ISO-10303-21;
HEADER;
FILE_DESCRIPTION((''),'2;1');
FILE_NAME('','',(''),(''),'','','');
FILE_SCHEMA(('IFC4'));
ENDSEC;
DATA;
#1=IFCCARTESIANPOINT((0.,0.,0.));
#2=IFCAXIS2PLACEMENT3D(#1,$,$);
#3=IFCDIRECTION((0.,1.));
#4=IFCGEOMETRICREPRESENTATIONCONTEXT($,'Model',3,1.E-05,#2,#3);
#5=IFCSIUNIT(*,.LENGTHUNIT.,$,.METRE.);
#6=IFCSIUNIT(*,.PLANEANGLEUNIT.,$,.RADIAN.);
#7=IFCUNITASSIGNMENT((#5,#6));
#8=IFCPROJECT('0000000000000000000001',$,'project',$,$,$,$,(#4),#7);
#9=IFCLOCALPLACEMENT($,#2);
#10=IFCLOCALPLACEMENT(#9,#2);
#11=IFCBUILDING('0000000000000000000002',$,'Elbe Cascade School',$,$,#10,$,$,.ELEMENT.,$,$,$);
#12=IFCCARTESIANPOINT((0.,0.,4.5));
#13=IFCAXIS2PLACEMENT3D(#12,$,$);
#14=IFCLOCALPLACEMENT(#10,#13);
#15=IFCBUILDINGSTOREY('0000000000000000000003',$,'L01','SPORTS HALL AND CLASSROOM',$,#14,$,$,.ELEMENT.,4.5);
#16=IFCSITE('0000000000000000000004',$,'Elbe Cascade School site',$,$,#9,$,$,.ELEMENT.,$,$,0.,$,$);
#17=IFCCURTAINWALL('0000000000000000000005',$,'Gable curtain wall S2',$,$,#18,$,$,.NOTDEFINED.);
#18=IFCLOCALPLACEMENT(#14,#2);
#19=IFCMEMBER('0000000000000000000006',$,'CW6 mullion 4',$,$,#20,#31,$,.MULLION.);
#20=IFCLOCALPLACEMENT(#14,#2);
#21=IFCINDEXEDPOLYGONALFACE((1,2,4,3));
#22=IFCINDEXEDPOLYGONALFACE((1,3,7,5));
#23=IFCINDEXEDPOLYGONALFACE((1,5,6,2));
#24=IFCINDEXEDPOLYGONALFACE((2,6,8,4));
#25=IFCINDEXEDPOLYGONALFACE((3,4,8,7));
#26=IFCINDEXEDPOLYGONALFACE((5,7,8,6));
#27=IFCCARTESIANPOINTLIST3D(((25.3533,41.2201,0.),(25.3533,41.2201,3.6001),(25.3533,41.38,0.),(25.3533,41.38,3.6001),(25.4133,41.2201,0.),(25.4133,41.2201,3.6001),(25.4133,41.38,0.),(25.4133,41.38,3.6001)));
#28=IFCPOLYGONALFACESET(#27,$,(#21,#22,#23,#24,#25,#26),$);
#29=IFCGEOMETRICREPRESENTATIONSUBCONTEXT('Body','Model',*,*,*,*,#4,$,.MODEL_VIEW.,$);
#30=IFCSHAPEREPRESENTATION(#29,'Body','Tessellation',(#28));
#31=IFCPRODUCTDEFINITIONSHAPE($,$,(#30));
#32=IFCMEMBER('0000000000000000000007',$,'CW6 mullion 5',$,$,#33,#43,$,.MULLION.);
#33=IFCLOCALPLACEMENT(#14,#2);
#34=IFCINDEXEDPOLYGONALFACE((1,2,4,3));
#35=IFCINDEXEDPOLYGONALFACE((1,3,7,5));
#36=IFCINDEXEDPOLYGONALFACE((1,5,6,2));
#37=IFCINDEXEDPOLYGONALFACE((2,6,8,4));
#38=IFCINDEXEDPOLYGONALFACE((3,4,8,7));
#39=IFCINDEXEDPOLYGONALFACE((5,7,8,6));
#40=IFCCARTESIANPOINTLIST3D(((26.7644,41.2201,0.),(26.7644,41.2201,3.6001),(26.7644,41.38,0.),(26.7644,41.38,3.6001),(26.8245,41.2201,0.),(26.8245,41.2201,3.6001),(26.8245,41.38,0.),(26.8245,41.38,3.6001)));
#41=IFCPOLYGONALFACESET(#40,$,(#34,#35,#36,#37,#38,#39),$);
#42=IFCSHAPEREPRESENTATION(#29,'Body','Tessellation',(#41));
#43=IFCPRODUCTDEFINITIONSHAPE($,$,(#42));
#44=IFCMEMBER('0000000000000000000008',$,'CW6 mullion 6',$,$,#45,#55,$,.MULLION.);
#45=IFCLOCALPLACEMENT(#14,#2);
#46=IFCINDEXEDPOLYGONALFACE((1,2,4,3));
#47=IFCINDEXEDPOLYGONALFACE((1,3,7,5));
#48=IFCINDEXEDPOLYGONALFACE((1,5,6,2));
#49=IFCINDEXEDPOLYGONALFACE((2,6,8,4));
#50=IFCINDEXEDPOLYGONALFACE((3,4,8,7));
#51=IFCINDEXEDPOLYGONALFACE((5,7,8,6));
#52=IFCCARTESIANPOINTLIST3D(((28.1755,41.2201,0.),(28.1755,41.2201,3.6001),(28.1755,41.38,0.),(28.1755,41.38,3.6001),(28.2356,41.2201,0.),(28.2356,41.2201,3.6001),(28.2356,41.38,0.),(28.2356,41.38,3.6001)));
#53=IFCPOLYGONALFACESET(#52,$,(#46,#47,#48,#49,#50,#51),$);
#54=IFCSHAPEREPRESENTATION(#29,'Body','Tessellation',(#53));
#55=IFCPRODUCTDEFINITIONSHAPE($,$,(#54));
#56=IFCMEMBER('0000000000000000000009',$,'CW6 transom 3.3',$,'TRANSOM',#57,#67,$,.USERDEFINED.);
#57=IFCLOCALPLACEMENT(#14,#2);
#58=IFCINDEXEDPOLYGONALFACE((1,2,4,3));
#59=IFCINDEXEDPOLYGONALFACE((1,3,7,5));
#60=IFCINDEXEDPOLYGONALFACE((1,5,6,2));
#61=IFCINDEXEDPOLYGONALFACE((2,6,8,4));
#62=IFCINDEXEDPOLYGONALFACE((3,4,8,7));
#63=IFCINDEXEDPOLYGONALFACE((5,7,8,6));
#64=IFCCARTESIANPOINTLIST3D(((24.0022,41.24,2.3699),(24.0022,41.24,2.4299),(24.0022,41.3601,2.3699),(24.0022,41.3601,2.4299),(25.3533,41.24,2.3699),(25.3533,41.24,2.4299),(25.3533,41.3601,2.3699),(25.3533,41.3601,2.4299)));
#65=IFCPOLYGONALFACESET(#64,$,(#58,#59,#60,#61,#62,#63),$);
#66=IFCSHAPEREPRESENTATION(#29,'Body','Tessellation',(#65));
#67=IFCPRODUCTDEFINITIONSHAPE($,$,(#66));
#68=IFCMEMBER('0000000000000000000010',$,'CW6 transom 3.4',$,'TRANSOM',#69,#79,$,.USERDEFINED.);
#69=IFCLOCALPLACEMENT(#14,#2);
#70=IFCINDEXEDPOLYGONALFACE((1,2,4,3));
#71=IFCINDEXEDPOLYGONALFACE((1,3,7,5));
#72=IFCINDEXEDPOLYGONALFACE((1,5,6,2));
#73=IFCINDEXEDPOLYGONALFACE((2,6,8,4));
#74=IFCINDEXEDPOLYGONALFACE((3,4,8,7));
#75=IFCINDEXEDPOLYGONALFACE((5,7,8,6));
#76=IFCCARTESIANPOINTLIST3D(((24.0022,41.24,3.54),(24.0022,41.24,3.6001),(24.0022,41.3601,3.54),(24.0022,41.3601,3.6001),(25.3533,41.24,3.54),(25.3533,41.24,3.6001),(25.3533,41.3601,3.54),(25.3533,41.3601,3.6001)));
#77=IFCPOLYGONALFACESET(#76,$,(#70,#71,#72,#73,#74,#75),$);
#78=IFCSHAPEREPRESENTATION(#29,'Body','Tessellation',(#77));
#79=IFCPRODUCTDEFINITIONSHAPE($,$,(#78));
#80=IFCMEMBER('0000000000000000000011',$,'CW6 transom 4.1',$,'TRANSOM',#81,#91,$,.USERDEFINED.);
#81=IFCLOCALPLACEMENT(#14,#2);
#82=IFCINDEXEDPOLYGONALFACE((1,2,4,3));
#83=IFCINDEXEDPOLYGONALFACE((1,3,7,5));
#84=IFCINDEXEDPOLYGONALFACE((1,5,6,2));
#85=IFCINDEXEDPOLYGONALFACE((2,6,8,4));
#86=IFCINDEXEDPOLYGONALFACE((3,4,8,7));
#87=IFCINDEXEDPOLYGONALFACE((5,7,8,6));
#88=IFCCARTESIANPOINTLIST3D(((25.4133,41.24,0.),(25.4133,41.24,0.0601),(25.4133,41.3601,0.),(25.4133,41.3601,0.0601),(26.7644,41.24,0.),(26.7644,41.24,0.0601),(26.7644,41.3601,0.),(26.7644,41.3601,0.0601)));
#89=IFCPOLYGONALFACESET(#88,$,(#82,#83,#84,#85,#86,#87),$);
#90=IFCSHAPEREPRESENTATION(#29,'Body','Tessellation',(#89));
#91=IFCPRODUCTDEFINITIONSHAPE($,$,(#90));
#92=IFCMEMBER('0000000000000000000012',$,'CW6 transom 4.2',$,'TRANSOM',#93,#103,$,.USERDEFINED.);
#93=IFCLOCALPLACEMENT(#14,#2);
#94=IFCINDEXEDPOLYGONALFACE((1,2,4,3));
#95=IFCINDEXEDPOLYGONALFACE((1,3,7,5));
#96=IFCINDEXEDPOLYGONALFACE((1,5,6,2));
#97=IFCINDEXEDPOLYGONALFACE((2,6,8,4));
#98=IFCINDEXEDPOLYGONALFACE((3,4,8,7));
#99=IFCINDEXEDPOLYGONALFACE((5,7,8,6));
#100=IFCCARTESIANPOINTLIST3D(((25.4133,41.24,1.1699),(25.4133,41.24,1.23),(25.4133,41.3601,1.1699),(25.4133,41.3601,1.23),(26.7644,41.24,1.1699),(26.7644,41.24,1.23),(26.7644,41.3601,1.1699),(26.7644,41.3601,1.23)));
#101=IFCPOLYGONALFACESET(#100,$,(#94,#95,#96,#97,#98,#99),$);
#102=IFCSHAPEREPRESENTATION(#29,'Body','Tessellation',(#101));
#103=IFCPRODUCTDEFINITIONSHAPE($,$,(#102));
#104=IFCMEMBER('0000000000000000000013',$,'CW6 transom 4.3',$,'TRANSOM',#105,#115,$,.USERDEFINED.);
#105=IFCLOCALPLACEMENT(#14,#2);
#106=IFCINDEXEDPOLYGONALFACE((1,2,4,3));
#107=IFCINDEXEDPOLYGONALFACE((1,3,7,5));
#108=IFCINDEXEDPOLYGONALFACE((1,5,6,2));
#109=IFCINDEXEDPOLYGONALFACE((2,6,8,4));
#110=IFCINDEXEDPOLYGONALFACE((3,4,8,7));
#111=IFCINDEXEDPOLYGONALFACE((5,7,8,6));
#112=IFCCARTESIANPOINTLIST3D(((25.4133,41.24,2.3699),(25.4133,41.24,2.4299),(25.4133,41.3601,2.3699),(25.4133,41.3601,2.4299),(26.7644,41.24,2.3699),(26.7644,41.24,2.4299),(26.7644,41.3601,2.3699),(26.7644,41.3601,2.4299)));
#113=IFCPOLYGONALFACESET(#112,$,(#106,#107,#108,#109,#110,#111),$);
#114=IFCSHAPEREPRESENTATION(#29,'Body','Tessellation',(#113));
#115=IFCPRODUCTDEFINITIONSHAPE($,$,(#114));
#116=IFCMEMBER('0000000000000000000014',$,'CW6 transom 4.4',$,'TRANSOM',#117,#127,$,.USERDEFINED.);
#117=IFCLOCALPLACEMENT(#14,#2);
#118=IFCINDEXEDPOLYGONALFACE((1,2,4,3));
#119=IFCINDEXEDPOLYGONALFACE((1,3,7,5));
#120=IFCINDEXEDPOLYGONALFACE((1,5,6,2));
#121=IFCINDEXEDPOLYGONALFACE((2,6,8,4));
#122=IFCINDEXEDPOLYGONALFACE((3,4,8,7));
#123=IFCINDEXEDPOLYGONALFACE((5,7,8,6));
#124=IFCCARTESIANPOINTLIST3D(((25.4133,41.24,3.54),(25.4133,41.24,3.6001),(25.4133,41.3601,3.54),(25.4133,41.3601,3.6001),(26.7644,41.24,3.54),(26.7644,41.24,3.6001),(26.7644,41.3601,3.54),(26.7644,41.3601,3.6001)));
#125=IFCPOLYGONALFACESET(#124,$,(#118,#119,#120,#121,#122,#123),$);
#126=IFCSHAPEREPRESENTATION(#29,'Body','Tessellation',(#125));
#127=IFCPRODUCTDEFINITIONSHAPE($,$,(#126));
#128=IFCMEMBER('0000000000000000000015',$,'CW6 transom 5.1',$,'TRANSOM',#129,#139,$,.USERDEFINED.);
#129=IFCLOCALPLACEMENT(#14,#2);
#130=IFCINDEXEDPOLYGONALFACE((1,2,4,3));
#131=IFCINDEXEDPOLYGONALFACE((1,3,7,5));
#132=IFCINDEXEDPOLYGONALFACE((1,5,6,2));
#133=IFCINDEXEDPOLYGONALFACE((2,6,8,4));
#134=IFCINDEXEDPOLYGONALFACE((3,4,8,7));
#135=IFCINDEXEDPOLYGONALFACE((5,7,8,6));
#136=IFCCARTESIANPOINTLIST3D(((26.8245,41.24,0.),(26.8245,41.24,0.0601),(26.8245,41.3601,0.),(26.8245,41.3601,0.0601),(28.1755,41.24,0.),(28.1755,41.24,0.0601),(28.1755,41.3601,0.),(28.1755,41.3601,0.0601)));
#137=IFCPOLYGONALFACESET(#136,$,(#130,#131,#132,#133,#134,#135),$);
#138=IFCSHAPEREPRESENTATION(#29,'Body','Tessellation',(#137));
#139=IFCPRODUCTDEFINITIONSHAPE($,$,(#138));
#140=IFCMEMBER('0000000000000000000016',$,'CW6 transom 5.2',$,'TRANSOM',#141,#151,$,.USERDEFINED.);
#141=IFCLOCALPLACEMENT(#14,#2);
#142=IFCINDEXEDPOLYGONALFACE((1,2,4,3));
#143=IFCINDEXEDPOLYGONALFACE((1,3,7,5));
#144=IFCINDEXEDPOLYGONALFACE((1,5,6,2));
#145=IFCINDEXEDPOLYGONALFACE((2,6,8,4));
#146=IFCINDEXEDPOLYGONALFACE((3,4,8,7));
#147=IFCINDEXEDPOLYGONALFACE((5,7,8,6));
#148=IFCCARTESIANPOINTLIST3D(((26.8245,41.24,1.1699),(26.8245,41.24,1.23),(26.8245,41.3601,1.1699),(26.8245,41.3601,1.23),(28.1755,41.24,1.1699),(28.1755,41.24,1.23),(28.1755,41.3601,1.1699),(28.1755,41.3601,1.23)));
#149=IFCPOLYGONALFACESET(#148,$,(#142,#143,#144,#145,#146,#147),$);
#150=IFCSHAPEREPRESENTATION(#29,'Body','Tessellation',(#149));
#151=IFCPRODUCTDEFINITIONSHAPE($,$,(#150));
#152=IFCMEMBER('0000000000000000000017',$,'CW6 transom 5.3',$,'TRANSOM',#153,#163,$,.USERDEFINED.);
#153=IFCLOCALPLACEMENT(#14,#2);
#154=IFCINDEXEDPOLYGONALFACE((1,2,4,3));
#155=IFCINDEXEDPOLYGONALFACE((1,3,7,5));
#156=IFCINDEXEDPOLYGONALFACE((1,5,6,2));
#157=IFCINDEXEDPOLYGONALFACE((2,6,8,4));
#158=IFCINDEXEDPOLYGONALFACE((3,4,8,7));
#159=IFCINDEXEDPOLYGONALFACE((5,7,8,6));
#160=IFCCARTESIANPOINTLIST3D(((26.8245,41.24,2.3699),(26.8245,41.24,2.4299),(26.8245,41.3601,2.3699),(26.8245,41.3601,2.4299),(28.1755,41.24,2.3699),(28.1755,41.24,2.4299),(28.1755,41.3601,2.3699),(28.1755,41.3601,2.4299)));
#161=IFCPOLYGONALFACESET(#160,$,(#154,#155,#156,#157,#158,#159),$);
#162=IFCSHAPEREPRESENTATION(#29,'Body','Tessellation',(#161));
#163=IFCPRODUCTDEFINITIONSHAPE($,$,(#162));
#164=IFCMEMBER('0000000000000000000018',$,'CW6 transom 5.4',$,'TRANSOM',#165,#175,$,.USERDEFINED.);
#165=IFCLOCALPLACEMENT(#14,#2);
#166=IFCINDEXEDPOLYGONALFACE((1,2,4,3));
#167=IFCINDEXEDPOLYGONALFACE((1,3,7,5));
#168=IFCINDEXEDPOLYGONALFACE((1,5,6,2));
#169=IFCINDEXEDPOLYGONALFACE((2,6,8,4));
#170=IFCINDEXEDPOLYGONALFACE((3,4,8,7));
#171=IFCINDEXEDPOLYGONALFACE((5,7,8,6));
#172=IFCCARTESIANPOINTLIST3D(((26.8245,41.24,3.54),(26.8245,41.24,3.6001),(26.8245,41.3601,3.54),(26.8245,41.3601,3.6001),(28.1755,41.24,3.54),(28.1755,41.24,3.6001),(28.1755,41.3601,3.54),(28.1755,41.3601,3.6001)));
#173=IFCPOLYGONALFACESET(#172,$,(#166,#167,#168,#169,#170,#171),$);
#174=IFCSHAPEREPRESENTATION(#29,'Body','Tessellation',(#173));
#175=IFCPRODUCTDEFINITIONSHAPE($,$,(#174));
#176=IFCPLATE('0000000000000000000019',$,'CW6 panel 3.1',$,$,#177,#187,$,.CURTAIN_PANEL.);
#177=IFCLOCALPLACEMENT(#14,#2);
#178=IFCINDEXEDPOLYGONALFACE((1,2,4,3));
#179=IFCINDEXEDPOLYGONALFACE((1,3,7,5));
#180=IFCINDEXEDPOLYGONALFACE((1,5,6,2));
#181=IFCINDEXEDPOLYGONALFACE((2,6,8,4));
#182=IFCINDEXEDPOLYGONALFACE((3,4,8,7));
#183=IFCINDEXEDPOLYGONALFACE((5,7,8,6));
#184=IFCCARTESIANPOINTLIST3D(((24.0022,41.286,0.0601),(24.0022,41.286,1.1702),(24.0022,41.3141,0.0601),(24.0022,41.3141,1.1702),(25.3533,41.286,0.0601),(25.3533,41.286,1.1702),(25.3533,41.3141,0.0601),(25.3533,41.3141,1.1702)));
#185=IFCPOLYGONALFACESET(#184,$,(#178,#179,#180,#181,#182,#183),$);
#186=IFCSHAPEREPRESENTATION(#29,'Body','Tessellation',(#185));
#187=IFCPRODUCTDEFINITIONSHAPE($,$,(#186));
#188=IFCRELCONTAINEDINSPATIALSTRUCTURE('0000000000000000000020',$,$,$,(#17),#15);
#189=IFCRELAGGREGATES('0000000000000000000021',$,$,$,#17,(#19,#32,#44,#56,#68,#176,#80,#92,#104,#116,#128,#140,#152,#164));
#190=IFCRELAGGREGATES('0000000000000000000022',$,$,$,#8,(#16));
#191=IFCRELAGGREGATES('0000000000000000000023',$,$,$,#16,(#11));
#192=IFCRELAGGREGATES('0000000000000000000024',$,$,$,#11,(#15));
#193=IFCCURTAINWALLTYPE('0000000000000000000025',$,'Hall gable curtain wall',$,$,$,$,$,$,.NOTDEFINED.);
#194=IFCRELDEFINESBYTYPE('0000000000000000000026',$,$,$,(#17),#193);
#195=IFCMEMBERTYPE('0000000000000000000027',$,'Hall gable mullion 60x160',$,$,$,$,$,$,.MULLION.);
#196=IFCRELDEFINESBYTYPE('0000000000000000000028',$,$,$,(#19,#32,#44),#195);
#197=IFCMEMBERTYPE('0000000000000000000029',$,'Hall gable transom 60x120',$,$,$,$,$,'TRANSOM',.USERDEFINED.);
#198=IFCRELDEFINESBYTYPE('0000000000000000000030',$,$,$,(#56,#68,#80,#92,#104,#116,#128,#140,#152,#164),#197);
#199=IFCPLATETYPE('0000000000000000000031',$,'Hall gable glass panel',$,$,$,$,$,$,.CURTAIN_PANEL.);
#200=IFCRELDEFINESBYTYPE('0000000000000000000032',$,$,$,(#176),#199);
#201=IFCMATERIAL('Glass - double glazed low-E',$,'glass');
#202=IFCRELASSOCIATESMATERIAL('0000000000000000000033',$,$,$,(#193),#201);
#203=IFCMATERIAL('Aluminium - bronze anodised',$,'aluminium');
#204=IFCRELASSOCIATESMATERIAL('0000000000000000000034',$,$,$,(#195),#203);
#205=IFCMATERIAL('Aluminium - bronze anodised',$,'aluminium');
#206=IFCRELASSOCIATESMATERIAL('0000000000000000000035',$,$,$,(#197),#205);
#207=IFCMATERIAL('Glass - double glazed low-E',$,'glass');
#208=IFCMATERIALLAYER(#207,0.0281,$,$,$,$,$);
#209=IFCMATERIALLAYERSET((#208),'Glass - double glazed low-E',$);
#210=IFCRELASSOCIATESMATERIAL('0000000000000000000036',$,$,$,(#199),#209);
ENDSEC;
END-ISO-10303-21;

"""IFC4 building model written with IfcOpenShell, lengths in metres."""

from ifc_helpers import new_model, si_unit, direction, frame, origin, origin_2d, place, context, subcontext, project, spatial, rectangle, extrude, material, layer, layer_set, material_profile, profile_set, type_object, element, aggregate, save


model = new_model("IFC4")

# Units and contexts
model_context = context("Model", 3, precision=1e-05, world=origin(), true_north=direction((0.0, 1.0)))
body_context = subcontext(model_context, "Body", "Model", "MODEL_VIEW")
ifc_project = project(units=[si_unit("LENGTHUNIT", "METRE"), si_unit("PLANEANGLEUNIT", "RADIAN")], contexts=[model_context])

# Site, building, storey
site_placement = place(None, origin())
site = spatial("IfcSite", under=ifc_project, at=site_placement, Name="Elbe Cascade School site", CompositionType="ELEMENT", RefElevation=0.0)
building_placement = place(site_placement, origin())
building = spatial("IfcBuilding", under=site, at=building_placement, Name="Elbe Cascade School", CompositionType="ELEMENT")
storey_placement = place(building_placement, frame((0.0, 0.0, 4.5)))
storey = spatial("IfcBuildingStorey", under=building, at=storey_placement, Name="L01", Description="SPORTS HALL AND CLASSROOM", CompositionType="ELEMENT", Elevation=4.5)

# Curtain wall, members, plate
ifc_material_1 = material(Name="Glass - double glazed low-E", Category="glass")
curtain_wall_type = type_object("IfcCurtainWallType", Name="Hall gable curtain wall", PredefinedType="NOTDEFINED", material=ifc_material_1)
curtain_wall_placement = place(storey_placement, origin())
curtain_wall = element("IfcCurtainWall", 1, at=curtain_wall_placement, inside=storey, type_object=curtain_wall_type, Name="Gable curtain wall S2", PredefinedType="NOTDEFINED")
ifc_material_2 = material(Name="Aluminium - bronze anodised", Category="aluminium")
ifc_material_profile_1 = material_profile(ifc_material_2, rectangle(XDim=0.1599, YDim=0.0601, at=origin_2d()), Name="Alu 60x160")
ifc_profile_set_1 = profile_set([ifc_material_profile_1], Name="Aluminium - bronze anodised")
member_type_1 = type_object("IfcMemberType", Name="Hall gable mullion 60x160", PredefinedType="MULLION", material=ifc_profile_set_1)
member_1_placement = place(storey_placement, frame((25.3833, 41.3, 0.0), z_axis=(0.0, 0.0, 1.0), x_axis=(0.0, 1.0, 0.0)))
member_1 = element("IfcMember", 2, at=member_1_placement, type_object=member_type_1, Name="CW6 mullion 4", PredefinedType="MULLION", context=body_context, shape_type="SweptSolid", body=[
    extrude(rectangle(XDim=0.1599, YDim=0.0601, at=origin_2d()), origin(), (0.0, 0.0, 1.0), 3.6001),
])
member_2_placement = place(storey_placement, frame((26.7944, 41.3, 0.0), z_axis=(0.0, 0.0, 1.0), x_axis=(0.0, 1.0, 0.0)))
member_2 = element("IfcMember", 3, at=member_2_placement, type_object=member_type_1, Name="CW6 mullion 5", PredefinedType="MULLION", context=body_context, shape_type="SweptSolid", body=[
    extrude(rectangle(XDim=0.1599, YDim=0.0601, at=origin_2d()), origin(), (0.0, 0.0, 1.0), 3.6001),
])
member_3_placement = place(storey_placement, frame((28.2056, 41.3, 0.0), z_axis=(0.0, 0.0, 1.0), x_axis=(0.0, 1.0, 0.0)))
member_3 = element("IfcMember", 4, at=member_3_placement, type_object=member_type_1, Name="CW6 mullion 6", PredefinedType="MULLION", context=body_context, shape_type="SweptSolid", body=[
    extrude(rectangle(XDim=0.1599, YDim=0.0601, at=origin_2d()), origin(), (0.0, 0.0, 1.0), 3.6001),
])
ifc_material_3 = material(Name="Aluminium - bronze anodised", Category="aluminium")
ifc_material_profile_2 = material_profile(ifc_material_3, rectangle(XDim=0.1201, YDim=0.0601, at=origin_2d()), Name="Alu 60x120")
ifc_profile_set_2 = profile_set([ifc_material_profile_2], Name="Aluminium - bronze anodised")
member_type_2 = type_object("IfcMemberType", Name="Hall gable transom 60x120", ElementType="TRANSOM", PredefinedType="USERDEFINED", material=ifc_profile_set_2)
member_4_placement = place(storey_placement, frame((24.0022, 41.3, 2.3999), z_axis=(1.0, 0.0, 0.0), x_axis=(0.0, 1.0, 0.0)))
member_4 = element("IfcMember", 5, at=member_4_placement, type_object=member_type_2, Name="CW6 transom 3.3", ObjectType="TRANSOM", PredefinedType="USERDEFINED", context=body_context, shape_type="SweptSolid", body=[
    extrude(rectangle(XDim=0.1201, YDim=0.0601, at=origin_2d()), origin(), (0.0, 0.0, 1.0), 1.3511),
])
member_5_placement = place(storey_placement, frame((24.0022, 41.3, 3.5701), z_axis=(1.0, 0.0, 0.0), x_axis=(0.0, 1.0, 0.0)))
member_5 = element("IfcMember", 6, at=member_5_placement, type_object=member_type_2, Name="CW6 transom 3.4", ObjectType="TRANSOM", PredefinedType="USERDEFINED", context=body_context, shape_type="SweptSolid", body=[
    extrude(rectangle(XDim=0.1201, YDim=0.0601, at=origin_2d()), origin(), (0.0, 0.0, 1.0), 1.3511),
])
member_6_placement = place(storey_placement, frame((25.4133, 41.3, 0.03), z_axis=(1.0, 0.0, 0.0), x_axis=(0.0, 1.0, 0.0)))
member_6 = element("IfcMember", 7, at=member_6_placement, type_object=member_type_2, Name="CW6 transom 4.1", ObjectType="TRANSOM", PredefinedType="USERDEFINED", context=body_context, shape_type="SweptSolid", body=[
    extrude(rectangle(XDim=0.1201, YDim=0.0601, at=origin_2d()), origin(), (0.0, 0.0, 1.0), 1.3511),
])
member_7_placement = place(storey_placement, frame((25.4133, 41.3, 1.2), z_axis=(1.0, 0.0, 0.0), x_axis=(0.0, 1.0, 0.0)))
member_7 = element("IfcMember", 8, at=member_7_placement, type_object=member_type_2, Name="CW6 transom 4.2", ObjectType="TRANSOM", PredefinedType="USERDEFINED", context=body_context, shape_type="SweptSolid", body=[
    extrude(rectangle(XDim=0.1201, YDim=0.0601, at=origin_2d()), origin(), (0.0, 0.0, 1.0), 1.3511),
])
member_8_placement = place(storey_placement, frame((25.4133, 41.3, 2.3999), z_axis=(1.0, 0.0, 0.0), x_axis=(0.0, 1.0, 0.0)))
member_8 = element("IfcMember", 9, at=member_8_placement, type_object=member_type_2, Name="CW6 transom 4.3", ObjectType="TRANSOM", PredefinedType="USERDEFINED", context=body_context, shape_type="SweptSolid", body=[
    extrude(rectangle(XDim=0.1201, YDim=0.0601, at=origin_2d()), origin(), (0.0, 0.0, 1.0), 1.3511),
])
member_9_placement = place(storey_placement, frame((25.4133, 41.3, 3.5701), z_axis=(1.0, 0.0, 0.0), x_axis=(0.0, 1.0, 0.0)))
member_9 = element("IfcMember", 10, at=member_9_placement, type_object=member_type_2, Name="CW6 transom 4.4", ObjectType="TRANSOM", PredefinedType="USERDEFINED", context=body_context, shape_type="SweptSolid", body=[
    extrude(rectangle(XDim=0.1201, YDim=0.0601, at=origin_2d()), origin(), (0.0, 0.0, 1.0), 1.3511),
])
member_10_placement = place(storey_placement, frame((26.8245, 41.3, 0.03), z_axis=(1.0, 0.0, 0.0), x_axis=(0.0, 1.0, 0.0)))
member_10 = element("IfcMember", 11, at=member_10_placement, type_object=member_type_2, Name="CW6 transom 5.1", ObjectType="TRANSOM", PredefinedType="USERDEFINED", context=body_context, shape_type="SweptSolid", body=[
    extrude(rectangle(XDim=0.1201, YDim=0.0601, at=origin_2d()), origin(), (0.0, 0.0, 1.0), 1.3511),
])
member_11_placement = place(storey_placement, frame((26.8245, 41.3, 1.2), z_axis=(1.0, 0.0, 0.0), x_axis=(0.0, 1.0, 0.0)))
member_11 = element("IfcMember", 12, at=member_11_placement, type_object=member_type_2, Name="CW6 transom 5.2", ObjectType="TRANSOM", PredefinedType="USERDEFINED", context=body_context, shape_type="SweptSolid", body=[
    extrude(rectangle(XDim=0.1201, YDim=0.0601, at=origin_2d()), origin(), (0.0, 0.0, 1.0), 1.3511),
])
member_12_placement = place(storey_placement, frame((26.8245, 41.3, 2.3999), z_axis=(1.0, 0.0, 0.0), x_axis=(0.0, 1.0, 0.0)))
member_12 = element("IfcMember", 13, at=member_12_placement, type_object=member_type_2, Name="CW6 transom 5.3", ObjectType="TRANSOM", PredefinedType="USERDEFINED", context=body_context, shape_type="SweptSolid", body=[
    extrude(rectangle(XDim=0.1201, YDim=0.0601, at=origin_2d()), origin(), (0.0, 0.0, 1.0), 1.3511),
])
member_13_placement = place(storey_placement, frame((26.8245, 41.3, 3.5701), z_axis=(1.0, 0.0, 0.0), x_axis=(0.0, 1.0, 0.0)))
member_13 = element("IfcMember", 14, at=member_13_placement, type_object=member_type_2, Name="CW6 transom 5.4", ObjectType="TRANSOM", PredefinedType="USERDEFINED", context=body_context, shape_type="SweptSolid", body=[
    extrude(rectangle(XDim=0.1201, YDim=0.0601, at=origin_2d()), origin(), (0.0, 0.0, 1.0), 1.3511),
])
ifc_material_4 = material(Name="Glass - double glazed low-E", Category="glass")
ifc_layer = layer(ifc_material_4, 0.0281)
ifc_layer_set = layer_set([ifc_layer], Name="Glass - double glazed low-E")
plate_type = type_object("IfcPlateType", Name="Hall gable glass panel", PredefinedType="CURTAIN_PANEL", material=ifc_layer_set)
plate_1_placement = place(storey_placement, frame((24.6777, 41.3, 0.0601), z_axis=(0.0, 0.0, 1.0), x_axis=(1.0, 0.0, 0.0)))
plate_1 = element("IfcPlate", 15, at=plate_1_placement, type_object=plate_type, Name="CW6 panel 3.1", PredefinedType="CURTAIN_PANEL", context=body_context, shape_type="SweptSolid", body=[
    extrude(rectangle(XDim=1.3511, YDim=0.0281, at=origin_2d()), origin(), (0.0, 0.0, 1.0), 1.1101),
])
aggregate(curtain_wall, [member_1, member_2, member_3, member_4, member_5, plate_1, member_6, member_7, member_8, member_9, member_10, member_11, member_12, member_13])

save(model, "model.ifc")
